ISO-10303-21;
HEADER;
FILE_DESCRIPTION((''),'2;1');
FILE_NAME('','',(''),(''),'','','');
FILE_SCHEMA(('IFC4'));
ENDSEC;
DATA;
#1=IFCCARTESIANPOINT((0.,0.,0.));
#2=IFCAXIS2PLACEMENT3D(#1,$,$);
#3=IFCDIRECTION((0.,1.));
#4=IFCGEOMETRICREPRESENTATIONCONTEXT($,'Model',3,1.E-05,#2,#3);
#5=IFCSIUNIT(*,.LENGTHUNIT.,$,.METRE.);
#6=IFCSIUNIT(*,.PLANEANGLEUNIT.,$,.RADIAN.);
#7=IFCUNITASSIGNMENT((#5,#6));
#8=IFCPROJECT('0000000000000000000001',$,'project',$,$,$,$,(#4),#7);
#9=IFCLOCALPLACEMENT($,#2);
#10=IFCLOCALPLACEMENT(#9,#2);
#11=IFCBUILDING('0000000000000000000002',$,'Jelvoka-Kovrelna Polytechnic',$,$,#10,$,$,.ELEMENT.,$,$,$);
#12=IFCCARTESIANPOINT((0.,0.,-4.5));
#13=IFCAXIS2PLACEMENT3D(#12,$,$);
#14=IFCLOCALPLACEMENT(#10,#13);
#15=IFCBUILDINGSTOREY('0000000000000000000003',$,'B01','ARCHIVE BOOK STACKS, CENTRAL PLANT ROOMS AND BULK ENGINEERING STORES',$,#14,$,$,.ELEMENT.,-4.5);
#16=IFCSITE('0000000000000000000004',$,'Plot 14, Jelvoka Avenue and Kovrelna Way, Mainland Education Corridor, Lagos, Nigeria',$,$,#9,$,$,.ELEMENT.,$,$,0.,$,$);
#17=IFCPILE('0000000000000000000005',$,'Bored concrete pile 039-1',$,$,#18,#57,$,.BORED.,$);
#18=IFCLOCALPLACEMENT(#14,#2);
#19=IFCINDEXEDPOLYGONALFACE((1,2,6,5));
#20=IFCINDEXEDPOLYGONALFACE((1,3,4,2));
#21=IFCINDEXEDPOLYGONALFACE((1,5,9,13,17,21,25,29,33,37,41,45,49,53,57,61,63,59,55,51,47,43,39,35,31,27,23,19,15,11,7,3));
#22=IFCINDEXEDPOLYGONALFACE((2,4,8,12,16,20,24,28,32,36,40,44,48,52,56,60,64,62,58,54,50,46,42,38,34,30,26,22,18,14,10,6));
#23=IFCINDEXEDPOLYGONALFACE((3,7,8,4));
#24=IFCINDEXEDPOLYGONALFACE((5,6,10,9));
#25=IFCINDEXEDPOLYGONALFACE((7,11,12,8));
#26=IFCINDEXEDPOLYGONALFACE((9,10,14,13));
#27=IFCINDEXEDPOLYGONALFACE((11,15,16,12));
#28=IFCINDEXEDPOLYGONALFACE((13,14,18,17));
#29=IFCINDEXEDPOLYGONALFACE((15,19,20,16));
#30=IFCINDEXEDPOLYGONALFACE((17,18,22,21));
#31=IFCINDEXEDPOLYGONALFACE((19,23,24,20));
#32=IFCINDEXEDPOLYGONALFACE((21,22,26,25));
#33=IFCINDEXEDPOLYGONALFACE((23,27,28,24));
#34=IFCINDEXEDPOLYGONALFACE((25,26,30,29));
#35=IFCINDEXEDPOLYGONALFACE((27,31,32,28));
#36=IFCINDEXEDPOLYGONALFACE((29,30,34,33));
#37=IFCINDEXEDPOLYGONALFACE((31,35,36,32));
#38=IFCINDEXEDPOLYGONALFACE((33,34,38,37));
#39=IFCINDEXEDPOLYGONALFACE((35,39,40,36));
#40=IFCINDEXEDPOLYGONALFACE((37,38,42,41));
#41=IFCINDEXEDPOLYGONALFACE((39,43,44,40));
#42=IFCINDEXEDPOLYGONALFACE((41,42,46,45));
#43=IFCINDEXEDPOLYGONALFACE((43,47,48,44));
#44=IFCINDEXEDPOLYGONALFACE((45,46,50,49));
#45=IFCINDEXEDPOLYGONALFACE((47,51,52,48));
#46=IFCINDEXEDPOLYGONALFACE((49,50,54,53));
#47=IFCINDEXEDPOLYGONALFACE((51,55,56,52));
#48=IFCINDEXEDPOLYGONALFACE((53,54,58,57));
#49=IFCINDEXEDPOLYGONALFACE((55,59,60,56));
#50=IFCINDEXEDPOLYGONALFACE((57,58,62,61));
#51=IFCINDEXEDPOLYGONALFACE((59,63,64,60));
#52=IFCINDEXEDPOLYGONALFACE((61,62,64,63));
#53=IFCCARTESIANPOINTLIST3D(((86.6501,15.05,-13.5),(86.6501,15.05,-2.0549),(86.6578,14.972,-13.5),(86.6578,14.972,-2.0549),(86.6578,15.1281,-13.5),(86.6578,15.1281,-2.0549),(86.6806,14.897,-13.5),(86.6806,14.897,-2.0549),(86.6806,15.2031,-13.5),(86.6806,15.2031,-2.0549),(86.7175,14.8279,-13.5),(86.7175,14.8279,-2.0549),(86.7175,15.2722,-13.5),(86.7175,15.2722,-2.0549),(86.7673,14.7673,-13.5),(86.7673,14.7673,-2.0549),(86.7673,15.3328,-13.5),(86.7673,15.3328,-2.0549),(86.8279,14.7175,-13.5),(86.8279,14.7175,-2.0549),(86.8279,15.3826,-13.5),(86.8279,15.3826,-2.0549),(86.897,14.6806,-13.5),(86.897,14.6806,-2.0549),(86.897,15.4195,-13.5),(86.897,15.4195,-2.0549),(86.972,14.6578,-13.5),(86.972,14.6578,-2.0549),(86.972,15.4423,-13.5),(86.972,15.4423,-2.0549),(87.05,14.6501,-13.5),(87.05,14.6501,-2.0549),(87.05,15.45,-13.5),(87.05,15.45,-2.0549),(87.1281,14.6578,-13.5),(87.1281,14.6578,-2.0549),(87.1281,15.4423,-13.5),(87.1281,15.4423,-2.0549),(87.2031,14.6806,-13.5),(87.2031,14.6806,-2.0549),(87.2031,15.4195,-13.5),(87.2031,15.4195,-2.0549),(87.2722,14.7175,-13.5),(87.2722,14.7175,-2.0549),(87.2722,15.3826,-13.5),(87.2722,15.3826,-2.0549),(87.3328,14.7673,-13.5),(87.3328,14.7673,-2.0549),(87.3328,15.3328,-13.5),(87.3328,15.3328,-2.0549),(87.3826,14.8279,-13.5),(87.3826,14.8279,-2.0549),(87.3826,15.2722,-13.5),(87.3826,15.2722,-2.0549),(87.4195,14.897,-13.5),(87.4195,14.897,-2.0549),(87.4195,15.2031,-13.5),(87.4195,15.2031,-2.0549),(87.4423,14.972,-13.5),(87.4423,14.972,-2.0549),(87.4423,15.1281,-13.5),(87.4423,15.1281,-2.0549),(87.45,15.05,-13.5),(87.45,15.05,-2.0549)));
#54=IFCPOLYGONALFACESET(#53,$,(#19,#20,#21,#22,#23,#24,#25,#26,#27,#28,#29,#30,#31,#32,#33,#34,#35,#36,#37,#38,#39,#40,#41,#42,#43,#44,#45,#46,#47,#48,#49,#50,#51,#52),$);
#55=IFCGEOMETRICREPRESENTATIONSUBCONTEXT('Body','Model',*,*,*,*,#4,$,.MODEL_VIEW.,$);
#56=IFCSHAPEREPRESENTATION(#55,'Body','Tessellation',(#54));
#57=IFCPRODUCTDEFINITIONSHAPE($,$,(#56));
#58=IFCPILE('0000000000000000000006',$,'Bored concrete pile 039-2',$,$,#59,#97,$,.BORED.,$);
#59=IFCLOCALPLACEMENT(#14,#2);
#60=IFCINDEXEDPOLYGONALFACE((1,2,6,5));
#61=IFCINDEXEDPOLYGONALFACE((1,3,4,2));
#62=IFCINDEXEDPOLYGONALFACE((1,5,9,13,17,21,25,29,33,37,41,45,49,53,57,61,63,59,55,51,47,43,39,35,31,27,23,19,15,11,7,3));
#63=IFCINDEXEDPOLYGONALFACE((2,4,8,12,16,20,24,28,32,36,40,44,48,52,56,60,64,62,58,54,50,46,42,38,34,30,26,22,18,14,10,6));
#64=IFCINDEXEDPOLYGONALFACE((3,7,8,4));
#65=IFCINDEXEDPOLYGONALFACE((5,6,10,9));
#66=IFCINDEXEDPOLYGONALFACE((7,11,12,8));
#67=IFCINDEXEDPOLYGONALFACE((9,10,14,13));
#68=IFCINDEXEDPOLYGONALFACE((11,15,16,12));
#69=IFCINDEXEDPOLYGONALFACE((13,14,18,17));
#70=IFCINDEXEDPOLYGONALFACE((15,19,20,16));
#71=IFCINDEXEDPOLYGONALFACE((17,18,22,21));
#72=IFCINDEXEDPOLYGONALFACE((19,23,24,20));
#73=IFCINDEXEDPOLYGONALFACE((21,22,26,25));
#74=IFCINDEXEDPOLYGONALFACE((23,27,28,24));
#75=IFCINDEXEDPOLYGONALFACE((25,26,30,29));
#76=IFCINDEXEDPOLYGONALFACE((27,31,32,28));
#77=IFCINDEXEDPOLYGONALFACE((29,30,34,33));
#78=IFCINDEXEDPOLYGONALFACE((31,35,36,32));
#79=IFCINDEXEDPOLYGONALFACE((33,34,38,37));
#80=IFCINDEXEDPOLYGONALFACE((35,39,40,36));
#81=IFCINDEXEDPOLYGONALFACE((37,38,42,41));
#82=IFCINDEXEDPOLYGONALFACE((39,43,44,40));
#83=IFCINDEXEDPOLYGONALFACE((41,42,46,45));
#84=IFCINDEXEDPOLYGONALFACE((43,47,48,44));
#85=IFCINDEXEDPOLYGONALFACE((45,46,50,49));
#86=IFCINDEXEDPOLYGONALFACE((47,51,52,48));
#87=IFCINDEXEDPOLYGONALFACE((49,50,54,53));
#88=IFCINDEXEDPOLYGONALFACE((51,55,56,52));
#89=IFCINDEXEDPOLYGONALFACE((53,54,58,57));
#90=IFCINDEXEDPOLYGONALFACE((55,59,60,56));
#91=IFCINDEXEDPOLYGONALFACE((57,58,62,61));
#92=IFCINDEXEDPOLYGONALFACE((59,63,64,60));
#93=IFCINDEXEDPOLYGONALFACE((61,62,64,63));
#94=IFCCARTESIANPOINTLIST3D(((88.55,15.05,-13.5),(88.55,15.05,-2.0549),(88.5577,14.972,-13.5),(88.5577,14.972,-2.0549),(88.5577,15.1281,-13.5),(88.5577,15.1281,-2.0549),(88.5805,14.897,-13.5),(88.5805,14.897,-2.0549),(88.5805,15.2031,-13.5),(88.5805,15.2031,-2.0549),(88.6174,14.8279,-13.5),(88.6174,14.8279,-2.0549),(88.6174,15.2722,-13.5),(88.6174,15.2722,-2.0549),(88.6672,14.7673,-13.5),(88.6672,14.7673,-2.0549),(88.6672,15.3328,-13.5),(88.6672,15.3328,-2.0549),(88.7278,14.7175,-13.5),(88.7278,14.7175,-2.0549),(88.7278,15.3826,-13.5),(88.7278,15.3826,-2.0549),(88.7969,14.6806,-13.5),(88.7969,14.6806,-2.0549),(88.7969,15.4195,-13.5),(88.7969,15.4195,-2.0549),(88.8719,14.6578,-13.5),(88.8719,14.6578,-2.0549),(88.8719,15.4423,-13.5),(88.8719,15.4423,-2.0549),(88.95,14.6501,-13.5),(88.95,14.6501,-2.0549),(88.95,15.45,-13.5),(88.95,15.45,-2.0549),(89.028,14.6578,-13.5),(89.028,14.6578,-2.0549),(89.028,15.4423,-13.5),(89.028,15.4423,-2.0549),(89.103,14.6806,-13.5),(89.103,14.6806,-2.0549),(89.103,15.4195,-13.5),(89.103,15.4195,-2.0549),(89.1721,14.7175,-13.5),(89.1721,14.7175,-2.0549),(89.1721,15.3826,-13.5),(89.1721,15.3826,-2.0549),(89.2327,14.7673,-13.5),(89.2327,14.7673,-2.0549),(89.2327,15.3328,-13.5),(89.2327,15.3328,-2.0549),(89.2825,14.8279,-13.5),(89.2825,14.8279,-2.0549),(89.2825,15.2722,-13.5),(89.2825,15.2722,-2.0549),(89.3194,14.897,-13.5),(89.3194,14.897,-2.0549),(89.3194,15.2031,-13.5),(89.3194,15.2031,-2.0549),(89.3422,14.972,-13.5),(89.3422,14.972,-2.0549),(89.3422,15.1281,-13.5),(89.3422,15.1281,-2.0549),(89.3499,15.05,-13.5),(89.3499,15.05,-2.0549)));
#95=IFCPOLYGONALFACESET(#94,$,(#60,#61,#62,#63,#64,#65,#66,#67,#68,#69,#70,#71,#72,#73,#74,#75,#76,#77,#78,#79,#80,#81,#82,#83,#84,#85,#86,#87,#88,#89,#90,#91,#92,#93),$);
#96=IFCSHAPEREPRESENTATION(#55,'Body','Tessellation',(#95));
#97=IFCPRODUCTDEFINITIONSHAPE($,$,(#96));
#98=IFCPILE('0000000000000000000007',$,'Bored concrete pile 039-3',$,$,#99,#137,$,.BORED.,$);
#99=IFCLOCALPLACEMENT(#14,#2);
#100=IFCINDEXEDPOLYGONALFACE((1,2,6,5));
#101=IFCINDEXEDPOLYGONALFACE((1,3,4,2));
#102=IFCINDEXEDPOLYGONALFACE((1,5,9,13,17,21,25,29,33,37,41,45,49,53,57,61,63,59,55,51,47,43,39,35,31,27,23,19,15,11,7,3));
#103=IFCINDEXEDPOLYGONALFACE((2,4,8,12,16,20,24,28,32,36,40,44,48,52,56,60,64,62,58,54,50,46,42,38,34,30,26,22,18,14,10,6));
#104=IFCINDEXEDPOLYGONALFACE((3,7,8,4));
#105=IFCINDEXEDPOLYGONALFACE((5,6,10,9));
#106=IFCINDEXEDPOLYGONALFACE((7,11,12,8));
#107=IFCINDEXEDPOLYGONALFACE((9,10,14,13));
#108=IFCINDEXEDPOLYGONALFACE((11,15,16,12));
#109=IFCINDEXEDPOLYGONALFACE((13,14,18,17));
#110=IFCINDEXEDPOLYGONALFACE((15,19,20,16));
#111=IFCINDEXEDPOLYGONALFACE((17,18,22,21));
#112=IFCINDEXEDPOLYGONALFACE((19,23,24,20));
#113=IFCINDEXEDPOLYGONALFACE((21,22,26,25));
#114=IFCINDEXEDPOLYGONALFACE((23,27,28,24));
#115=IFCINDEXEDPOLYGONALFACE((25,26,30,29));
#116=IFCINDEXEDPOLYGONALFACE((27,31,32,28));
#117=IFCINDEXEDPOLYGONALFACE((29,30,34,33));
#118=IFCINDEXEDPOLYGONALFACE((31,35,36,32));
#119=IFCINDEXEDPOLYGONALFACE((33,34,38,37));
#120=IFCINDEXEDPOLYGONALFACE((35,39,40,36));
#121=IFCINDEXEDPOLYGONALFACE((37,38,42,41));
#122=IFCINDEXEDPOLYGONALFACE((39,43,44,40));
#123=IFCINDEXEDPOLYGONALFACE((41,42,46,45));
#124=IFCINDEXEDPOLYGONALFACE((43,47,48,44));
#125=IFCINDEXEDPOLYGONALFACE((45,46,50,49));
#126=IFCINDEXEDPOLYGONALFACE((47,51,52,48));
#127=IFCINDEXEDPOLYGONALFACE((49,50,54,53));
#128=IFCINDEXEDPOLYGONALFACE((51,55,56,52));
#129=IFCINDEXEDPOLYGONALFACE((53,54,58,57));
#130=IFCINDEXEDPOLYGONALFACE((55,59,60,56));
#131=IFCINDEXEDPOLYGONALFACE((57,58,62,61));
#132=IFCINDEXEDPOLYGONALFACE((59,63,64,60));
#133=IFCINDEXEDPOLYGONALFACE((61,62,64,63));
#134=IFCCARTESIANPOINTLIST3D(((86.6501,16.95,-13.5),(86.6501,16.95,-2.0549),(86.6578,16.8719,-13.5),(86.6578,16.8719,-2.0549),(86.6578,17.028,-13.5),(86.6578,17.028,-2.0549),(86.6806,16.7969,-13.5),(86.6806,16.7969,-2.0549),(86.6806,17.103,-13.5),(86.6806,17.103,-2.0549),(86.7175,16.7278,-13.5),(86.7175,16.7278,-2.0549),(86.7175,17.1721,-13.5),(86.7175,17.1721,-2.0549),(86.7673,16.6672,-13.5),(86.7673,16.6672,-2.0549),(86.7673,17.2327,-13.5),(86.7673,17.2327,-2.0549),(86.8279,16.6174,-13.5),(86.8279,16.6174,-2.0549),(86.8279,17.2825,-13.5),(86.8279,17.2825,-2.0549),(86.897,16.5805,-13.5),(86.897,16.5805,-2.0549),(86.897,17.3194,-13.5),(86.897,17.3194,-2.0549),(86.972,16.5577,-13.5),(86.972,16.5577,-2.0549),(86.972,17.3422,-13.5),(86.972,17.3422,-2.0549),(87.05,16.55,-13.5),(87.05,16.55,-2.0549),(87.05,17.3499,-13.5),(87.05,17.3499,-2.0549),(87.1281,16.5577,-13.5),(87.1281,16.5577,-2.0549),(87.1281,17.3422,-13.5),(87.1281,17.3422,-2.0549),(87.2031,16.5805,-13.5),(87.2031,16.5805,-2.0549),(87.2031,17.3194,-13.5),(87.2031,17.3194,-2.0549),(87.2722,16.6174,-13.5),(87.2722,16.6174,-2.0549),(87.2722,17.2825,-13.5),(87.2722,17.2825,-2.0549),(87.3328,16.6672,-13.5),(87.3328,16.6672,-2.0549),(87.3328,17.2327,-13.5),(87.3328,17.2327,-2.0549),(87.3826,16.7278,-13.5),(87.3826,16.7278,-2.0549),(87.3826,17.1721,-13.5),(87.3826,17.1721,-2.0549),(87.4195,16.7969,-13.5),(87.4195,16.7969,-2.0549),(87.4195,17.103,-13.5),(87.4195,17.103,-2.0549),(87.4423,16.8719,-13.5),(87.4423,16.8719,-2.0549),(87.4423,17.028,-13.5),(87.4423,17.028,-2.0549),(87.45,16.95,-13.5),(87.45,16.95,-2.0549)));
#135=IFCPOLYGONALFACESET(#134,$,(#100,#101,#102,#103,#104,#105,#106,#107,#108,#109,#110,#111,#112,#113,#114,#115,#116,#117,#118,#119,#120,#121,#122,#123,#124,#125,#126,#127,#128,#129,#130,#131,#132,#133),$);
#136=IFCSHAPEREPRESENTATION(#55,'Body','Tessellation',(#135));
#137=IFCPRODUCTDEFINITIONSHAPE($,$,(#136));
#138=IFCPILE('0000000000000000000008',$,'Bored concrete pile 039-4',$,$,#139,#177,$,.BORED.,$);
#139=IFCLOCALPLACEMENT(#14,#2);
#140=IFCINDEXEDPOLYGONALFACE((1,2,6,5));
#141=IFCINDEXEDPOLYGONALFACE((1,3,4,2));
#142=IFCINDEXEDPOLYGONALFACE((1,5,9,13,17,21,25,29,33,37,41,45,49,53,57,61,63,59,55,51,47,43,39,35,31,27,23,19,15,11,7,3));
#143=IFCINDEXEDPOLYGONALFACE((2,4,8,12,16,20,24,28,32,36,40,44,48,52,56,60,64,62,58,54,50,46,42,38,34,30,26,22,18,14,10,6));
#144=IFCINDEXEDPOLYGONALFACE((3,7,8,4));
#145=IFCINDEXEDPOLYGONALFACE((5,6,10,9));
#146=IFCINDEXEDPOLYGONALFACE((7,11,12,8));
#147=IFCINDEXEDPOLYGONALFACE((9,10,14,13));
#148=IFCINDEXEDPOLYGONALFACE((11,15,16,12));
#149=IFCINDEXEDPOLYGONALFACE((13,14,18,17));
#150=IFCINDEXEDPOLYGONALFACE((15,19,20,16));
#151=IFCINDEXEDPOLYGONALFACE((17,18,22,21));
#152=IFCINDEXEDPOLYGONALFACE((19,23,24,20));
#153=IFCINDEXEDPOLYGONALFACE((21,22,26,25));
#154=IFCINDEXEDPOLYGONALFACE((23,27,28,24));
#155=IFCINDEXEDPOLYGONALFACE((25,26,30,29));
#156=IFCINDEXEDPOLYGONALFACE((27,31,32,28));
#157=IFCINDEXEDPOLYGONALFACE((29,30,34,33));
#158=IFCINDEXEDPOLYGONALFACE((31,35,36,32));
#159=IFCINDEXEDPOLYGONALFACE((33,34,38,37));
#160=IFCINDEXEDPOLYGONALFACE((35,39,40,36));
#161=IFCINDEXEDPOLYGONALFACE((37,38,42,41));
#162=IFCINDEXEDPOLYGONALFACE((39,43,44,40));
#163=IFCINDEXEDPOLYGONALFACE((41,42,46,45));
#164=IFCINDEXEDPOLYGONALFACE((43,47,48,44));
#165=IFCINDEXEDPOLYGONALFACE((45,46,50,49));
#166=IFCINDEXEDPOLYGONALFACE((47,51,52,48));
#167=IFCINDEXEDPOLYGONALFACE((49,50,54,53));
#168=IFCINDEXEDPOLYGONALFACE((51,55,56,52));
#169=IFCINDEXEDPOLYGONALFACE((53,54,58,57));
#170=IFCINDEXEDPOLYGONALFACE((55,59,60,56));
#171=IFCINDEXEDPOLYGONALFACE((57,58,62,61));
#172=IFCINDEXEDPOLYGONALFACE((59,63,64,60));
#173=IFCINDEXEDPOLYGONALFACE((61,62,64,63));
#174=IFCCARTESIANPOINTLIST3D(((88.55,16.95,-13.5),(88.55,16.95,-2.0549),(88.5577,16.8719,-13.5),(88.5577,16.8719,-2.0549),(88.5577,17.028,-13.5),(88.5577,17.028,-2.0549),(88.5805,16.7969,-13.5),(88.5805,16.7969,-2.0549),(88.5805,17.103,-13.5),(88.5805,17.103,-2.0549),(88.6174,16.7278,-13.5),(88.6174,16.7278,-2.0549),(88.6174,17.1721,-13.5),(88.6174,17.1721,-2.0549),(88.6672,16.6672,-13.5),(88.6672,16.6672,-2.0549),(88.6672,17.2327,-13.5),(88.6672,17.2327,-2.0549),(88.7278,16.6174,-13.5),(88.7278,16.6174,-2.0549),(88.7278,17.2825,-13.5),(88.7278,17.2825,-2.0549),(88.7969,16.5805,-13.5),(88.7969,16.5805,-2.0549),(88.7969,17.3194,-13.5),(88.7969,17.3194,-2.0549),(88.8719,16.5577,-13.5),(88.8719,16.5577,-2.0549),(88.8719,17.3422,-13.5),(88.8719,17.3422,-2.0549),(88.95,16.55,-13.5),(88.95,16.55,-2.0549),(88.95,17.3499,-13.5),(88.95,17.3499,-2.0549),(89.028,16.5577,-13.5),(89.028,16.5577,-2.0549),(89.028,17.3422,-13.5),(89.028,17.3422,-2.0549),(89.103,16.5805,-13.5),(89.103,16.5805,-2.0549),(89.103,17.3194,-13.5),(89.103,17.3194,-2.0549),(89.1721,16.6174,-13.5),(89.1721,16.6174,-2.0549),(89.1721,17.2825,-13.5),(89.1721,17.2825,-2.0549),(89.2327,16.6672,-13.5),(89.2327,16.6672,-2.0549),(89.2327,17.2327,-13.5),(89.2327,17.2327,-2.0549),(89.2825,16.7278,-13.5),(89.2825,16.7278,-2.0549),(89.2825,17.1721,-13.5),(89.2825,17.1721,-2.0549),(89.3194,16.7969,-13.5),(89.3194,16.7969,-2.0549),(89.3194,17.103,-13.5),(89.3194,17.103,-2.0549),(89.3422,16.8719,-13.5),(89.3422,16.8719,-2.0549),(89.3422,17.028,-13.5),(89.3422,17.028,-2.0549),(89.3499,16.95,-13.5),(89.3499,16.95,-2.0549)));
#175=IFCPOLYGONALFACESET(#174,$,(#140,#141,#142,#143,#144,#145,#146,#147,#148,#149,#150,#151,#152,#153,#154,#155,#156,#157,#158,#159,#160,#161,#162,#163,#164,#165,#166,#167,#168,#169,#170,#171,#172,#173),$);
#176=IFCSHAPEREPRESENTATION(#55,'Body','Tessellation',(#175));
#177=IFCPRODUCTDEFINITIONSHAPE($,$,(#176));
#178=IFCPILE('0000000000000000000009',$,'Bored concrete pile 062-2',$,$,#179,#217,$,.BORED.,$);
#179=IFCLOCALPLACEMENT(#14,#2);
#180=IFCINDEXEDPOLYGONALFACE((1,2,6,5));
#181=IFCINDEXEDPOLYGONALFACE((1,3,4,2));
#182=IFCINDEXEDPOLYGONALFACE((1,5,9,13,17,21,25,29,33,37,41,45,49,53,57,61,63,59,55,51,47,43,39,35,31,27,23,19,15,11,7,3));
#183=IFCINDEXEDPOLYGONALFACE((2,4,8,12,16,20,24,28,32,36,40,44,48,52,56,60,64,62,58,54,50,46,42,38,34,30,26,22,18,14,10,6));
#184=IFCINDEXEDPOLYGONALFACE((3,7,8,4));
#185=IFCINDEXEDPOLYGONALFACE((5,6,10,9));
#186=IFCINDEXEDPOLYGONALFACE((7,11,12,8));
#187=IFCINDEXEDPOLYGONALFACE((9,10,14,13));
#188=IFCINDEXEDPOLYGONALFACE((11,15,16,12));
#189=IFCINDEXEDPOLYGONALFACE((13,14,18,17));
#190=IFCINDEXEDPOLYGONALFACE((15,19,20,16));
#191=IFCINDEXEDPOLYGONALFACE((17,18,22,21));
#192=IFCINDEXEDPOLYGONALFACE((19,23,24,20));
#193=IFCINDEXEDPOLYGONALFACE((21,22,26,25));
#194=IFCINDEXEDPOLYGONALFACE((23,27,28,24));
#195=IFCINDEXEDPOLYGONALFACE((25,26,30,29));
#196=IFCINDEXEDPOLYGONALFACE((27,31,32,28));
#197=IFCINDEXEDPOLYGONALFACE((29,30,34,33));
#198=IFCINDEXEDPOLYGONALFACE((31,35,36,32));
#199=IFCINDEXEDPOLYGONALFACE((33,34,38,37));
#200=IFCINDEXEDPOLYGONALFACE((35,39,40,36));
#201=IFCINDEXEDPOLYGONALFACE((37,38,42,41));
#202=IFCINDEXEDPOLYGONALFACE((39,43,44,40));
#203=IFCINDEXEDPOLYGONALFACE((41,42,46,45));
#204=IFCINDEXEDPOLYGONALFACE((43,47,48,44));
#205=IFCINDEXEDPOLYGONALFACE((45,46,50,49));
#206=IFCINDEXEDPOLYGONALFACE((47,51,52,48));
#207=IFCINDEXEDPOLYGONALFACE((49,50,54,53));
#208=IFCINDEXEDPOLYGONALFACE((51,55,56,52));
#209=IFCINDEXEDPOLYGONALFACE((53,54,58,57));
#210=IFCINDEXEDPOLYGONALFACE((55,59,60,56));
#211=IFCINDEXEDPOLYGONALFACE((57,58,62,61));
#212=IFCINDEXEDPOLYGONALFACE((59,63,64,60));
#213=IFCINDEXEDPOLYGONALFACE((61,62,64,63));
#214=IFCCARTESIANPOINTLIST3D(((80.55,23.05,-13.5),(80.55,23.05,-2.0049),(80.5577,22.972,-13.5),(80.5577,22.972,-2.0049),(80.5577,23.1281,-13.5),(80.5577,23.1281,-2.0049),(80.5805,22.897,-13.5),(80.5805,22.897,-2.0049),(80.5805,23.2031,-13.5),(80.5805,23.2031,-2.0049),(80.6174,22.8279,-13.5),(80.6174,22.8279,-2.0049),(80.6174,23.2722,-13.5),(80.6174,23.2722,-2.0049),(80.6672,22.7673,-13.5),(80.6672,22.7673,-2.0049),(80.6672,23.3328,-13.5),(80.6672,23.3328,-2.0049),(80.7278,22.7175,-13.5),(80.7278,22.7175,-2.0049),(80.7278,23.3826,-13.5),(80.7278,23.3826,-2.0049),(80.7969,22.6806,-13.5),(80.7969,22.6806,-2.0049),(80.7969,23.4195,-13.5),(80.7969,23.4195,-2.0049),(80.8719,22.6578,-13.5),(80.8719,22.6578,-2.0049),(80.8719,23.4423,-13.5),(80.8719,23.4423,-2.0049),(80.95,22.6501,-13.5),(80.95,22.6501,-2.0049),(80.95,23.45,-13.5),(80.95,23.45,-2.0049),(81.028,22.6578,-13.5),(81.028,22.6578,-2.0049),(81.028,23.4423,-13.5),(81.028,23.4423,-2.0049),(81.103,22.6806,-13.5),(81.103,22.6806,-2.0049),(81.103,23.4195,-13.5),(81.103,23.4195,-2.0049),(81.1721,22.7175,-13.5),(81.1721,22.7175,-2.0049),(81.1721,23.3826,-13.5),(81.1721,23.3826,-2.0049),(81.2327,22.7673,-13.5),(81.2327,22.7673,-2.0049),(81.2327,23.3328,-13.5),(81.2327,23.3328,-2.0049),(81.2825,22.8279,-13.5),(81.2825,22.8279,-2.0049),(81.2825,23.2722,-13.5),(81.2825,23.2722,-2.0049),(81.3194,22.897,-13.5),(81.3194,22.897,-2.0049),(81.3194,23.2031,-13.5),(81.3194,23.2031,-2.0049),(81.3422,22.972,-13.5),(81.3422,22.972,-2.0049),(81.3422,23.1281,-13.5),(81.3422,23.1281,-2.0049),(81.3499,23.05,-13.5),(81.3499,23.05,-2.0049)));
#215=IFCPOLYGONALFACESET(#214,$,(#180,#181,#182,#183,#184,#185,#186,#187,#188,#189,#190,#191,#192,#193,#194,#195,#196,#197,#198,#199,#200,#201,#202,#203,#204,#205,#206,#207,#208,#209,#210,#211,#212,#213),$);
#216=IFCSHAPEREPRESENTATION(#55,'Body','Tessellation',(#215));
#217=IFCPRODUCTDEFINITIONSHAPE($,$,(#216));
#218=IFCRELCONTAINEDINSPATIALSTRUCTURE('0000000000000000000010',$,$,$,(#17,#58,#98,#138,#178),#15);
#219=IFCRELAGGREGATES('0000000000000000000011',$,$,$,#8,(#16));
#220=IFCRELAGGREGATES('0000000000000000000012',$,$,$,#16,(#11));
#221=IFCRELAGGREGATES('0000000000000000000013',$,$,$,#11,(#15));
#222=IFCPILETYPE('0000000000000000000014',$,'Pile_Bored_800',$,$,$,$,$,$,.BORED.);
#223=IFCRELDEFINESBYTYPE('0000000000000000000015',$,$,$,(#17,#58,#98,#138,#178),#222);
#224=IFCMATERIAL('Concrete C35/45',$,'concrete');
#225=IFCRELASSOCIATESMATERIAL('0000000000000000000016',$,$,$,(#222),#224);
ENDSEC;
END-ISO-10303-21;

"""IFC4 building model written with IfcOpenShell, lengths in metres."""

from ifc_helpers import new_model, si_unit, direction, frame, origin, origin_2d, place, context, subcontext, project, spatial, circle, extrude, material, material_profile, profile_set, type_object, element, save


model = new_model("IFC4")

# Units and contexts
model_context = context("Model", 3, precision=1e-05, world=origin(), true_north=direction((0.0, 1.0)))
body_context = subcontext(model_context, "Body", "Model", "MODEL_VIEW")
ifc_project = project(units=[si_unit("LENGTHUNIT", "METRE"), si_unit("PLANEANGLEUNIT", "RADIAN")], contexts=[model_context])

# Site, building, storey
site_placement = place(None, origin())
site = spatial("IfcSite", under=ifc_project, at=site_placement, Name="Plot 14, Jelvoka Avenue and Kovrelna Way, Mainland Education Corridor, Lagos, Nigeria", CompositionType="ELEMENT", RefElevation=0.0)
building_placement = place(site_placement, origin())
building = spatial("IfcBuilding", under=site, at=building_placement, Name="Jelvoka-Kovrelna Polytechnic", CompositionType="ELEMENT")
storey_placement = place(building_placement, frame((0.0, 0.0, -4.5)))
storey = spatial("IfcBuildingStorey", under=building, at=storey_placement, Name="B01", Description="ARCHIVE BOOK STACKS, CENTRAL PLANT ROOMS AND BULK ENGINEERING STORES", CompositionType="ELEMENT", Elevation=-4.5)

# Piles
ifc_material_1 = material(Name="Concrete C35/45", Category="concrete")
ifc_material_profile_1 = material_profile(ifc_material_1, circle(Radius=0.3999, at=origin_2d()), Name="PILE D800")
ifc_profile_set_1 = profile_set([ifc_material_profile_1], Name="Concrete C35/45")
pile_type = type_object("IfcPileType", Name="Pile_Bored_800", PredefinedType="BORED", material=ifc_profile_set_1)
for number, where, z_axis, x_axis, name in (
    (1, (87.05, 15.05, -2.0549), (0.0, 0.0, -1.0), (1.0, 0.0, 0.0), "Bored concrete pile 039-1"),
    (2, (88.95, 15.05, -2.0549), (0.0, 0.0, -1.0), (1.0, 0.0, 0.0), "Bored concrete pile 039-2"),
    (3, (87.05, 16.95, -2.0549), (0.0, 0.0, -1.0), (1.0, 0.0, 0.0), "Bored concrete pile 039-3"),
    (4, (88.95, 16.95, -2.0549), (0.0, 0.0, -1.0), (1.0, 0.0, 0.0), "Bored concrete pile 039-4"),
):
    element("IfcPile", number, at=place(storey_placement, frame(where, z_axis=z_axis, x_axis=x_axis)), inside=storey, type_object=pile_type, Name=name, PredefinedType="BORED", context=body_context, shape_type="SweptSolid", body=[
        extrude(circle(Radius=0.3999, at=origin_2d()), origin(), (0.0, 0.0, 1.0), 11.4451),
    ])
pile_placement = place(storey_placement, frame((80.95, 23.05, -2.0049), z_axis=(0.0, 0.0, -1.0), x_axis=(1.0, 0.0, 0.0)))
element("IfcPile", 5, at=pile_placement, inside=storey, type_object=pile_type, Name="Bored concrete pile 062-2", PredefinedType="BORED", context=body_context, shape_type="SweptSolid", body=[
    extrude(circle(Radius=0.3999, at=origin_2d()), origin(), (0.0, 0.0, 1.0), 11.4951),
])

save(model, "model.ifc")
